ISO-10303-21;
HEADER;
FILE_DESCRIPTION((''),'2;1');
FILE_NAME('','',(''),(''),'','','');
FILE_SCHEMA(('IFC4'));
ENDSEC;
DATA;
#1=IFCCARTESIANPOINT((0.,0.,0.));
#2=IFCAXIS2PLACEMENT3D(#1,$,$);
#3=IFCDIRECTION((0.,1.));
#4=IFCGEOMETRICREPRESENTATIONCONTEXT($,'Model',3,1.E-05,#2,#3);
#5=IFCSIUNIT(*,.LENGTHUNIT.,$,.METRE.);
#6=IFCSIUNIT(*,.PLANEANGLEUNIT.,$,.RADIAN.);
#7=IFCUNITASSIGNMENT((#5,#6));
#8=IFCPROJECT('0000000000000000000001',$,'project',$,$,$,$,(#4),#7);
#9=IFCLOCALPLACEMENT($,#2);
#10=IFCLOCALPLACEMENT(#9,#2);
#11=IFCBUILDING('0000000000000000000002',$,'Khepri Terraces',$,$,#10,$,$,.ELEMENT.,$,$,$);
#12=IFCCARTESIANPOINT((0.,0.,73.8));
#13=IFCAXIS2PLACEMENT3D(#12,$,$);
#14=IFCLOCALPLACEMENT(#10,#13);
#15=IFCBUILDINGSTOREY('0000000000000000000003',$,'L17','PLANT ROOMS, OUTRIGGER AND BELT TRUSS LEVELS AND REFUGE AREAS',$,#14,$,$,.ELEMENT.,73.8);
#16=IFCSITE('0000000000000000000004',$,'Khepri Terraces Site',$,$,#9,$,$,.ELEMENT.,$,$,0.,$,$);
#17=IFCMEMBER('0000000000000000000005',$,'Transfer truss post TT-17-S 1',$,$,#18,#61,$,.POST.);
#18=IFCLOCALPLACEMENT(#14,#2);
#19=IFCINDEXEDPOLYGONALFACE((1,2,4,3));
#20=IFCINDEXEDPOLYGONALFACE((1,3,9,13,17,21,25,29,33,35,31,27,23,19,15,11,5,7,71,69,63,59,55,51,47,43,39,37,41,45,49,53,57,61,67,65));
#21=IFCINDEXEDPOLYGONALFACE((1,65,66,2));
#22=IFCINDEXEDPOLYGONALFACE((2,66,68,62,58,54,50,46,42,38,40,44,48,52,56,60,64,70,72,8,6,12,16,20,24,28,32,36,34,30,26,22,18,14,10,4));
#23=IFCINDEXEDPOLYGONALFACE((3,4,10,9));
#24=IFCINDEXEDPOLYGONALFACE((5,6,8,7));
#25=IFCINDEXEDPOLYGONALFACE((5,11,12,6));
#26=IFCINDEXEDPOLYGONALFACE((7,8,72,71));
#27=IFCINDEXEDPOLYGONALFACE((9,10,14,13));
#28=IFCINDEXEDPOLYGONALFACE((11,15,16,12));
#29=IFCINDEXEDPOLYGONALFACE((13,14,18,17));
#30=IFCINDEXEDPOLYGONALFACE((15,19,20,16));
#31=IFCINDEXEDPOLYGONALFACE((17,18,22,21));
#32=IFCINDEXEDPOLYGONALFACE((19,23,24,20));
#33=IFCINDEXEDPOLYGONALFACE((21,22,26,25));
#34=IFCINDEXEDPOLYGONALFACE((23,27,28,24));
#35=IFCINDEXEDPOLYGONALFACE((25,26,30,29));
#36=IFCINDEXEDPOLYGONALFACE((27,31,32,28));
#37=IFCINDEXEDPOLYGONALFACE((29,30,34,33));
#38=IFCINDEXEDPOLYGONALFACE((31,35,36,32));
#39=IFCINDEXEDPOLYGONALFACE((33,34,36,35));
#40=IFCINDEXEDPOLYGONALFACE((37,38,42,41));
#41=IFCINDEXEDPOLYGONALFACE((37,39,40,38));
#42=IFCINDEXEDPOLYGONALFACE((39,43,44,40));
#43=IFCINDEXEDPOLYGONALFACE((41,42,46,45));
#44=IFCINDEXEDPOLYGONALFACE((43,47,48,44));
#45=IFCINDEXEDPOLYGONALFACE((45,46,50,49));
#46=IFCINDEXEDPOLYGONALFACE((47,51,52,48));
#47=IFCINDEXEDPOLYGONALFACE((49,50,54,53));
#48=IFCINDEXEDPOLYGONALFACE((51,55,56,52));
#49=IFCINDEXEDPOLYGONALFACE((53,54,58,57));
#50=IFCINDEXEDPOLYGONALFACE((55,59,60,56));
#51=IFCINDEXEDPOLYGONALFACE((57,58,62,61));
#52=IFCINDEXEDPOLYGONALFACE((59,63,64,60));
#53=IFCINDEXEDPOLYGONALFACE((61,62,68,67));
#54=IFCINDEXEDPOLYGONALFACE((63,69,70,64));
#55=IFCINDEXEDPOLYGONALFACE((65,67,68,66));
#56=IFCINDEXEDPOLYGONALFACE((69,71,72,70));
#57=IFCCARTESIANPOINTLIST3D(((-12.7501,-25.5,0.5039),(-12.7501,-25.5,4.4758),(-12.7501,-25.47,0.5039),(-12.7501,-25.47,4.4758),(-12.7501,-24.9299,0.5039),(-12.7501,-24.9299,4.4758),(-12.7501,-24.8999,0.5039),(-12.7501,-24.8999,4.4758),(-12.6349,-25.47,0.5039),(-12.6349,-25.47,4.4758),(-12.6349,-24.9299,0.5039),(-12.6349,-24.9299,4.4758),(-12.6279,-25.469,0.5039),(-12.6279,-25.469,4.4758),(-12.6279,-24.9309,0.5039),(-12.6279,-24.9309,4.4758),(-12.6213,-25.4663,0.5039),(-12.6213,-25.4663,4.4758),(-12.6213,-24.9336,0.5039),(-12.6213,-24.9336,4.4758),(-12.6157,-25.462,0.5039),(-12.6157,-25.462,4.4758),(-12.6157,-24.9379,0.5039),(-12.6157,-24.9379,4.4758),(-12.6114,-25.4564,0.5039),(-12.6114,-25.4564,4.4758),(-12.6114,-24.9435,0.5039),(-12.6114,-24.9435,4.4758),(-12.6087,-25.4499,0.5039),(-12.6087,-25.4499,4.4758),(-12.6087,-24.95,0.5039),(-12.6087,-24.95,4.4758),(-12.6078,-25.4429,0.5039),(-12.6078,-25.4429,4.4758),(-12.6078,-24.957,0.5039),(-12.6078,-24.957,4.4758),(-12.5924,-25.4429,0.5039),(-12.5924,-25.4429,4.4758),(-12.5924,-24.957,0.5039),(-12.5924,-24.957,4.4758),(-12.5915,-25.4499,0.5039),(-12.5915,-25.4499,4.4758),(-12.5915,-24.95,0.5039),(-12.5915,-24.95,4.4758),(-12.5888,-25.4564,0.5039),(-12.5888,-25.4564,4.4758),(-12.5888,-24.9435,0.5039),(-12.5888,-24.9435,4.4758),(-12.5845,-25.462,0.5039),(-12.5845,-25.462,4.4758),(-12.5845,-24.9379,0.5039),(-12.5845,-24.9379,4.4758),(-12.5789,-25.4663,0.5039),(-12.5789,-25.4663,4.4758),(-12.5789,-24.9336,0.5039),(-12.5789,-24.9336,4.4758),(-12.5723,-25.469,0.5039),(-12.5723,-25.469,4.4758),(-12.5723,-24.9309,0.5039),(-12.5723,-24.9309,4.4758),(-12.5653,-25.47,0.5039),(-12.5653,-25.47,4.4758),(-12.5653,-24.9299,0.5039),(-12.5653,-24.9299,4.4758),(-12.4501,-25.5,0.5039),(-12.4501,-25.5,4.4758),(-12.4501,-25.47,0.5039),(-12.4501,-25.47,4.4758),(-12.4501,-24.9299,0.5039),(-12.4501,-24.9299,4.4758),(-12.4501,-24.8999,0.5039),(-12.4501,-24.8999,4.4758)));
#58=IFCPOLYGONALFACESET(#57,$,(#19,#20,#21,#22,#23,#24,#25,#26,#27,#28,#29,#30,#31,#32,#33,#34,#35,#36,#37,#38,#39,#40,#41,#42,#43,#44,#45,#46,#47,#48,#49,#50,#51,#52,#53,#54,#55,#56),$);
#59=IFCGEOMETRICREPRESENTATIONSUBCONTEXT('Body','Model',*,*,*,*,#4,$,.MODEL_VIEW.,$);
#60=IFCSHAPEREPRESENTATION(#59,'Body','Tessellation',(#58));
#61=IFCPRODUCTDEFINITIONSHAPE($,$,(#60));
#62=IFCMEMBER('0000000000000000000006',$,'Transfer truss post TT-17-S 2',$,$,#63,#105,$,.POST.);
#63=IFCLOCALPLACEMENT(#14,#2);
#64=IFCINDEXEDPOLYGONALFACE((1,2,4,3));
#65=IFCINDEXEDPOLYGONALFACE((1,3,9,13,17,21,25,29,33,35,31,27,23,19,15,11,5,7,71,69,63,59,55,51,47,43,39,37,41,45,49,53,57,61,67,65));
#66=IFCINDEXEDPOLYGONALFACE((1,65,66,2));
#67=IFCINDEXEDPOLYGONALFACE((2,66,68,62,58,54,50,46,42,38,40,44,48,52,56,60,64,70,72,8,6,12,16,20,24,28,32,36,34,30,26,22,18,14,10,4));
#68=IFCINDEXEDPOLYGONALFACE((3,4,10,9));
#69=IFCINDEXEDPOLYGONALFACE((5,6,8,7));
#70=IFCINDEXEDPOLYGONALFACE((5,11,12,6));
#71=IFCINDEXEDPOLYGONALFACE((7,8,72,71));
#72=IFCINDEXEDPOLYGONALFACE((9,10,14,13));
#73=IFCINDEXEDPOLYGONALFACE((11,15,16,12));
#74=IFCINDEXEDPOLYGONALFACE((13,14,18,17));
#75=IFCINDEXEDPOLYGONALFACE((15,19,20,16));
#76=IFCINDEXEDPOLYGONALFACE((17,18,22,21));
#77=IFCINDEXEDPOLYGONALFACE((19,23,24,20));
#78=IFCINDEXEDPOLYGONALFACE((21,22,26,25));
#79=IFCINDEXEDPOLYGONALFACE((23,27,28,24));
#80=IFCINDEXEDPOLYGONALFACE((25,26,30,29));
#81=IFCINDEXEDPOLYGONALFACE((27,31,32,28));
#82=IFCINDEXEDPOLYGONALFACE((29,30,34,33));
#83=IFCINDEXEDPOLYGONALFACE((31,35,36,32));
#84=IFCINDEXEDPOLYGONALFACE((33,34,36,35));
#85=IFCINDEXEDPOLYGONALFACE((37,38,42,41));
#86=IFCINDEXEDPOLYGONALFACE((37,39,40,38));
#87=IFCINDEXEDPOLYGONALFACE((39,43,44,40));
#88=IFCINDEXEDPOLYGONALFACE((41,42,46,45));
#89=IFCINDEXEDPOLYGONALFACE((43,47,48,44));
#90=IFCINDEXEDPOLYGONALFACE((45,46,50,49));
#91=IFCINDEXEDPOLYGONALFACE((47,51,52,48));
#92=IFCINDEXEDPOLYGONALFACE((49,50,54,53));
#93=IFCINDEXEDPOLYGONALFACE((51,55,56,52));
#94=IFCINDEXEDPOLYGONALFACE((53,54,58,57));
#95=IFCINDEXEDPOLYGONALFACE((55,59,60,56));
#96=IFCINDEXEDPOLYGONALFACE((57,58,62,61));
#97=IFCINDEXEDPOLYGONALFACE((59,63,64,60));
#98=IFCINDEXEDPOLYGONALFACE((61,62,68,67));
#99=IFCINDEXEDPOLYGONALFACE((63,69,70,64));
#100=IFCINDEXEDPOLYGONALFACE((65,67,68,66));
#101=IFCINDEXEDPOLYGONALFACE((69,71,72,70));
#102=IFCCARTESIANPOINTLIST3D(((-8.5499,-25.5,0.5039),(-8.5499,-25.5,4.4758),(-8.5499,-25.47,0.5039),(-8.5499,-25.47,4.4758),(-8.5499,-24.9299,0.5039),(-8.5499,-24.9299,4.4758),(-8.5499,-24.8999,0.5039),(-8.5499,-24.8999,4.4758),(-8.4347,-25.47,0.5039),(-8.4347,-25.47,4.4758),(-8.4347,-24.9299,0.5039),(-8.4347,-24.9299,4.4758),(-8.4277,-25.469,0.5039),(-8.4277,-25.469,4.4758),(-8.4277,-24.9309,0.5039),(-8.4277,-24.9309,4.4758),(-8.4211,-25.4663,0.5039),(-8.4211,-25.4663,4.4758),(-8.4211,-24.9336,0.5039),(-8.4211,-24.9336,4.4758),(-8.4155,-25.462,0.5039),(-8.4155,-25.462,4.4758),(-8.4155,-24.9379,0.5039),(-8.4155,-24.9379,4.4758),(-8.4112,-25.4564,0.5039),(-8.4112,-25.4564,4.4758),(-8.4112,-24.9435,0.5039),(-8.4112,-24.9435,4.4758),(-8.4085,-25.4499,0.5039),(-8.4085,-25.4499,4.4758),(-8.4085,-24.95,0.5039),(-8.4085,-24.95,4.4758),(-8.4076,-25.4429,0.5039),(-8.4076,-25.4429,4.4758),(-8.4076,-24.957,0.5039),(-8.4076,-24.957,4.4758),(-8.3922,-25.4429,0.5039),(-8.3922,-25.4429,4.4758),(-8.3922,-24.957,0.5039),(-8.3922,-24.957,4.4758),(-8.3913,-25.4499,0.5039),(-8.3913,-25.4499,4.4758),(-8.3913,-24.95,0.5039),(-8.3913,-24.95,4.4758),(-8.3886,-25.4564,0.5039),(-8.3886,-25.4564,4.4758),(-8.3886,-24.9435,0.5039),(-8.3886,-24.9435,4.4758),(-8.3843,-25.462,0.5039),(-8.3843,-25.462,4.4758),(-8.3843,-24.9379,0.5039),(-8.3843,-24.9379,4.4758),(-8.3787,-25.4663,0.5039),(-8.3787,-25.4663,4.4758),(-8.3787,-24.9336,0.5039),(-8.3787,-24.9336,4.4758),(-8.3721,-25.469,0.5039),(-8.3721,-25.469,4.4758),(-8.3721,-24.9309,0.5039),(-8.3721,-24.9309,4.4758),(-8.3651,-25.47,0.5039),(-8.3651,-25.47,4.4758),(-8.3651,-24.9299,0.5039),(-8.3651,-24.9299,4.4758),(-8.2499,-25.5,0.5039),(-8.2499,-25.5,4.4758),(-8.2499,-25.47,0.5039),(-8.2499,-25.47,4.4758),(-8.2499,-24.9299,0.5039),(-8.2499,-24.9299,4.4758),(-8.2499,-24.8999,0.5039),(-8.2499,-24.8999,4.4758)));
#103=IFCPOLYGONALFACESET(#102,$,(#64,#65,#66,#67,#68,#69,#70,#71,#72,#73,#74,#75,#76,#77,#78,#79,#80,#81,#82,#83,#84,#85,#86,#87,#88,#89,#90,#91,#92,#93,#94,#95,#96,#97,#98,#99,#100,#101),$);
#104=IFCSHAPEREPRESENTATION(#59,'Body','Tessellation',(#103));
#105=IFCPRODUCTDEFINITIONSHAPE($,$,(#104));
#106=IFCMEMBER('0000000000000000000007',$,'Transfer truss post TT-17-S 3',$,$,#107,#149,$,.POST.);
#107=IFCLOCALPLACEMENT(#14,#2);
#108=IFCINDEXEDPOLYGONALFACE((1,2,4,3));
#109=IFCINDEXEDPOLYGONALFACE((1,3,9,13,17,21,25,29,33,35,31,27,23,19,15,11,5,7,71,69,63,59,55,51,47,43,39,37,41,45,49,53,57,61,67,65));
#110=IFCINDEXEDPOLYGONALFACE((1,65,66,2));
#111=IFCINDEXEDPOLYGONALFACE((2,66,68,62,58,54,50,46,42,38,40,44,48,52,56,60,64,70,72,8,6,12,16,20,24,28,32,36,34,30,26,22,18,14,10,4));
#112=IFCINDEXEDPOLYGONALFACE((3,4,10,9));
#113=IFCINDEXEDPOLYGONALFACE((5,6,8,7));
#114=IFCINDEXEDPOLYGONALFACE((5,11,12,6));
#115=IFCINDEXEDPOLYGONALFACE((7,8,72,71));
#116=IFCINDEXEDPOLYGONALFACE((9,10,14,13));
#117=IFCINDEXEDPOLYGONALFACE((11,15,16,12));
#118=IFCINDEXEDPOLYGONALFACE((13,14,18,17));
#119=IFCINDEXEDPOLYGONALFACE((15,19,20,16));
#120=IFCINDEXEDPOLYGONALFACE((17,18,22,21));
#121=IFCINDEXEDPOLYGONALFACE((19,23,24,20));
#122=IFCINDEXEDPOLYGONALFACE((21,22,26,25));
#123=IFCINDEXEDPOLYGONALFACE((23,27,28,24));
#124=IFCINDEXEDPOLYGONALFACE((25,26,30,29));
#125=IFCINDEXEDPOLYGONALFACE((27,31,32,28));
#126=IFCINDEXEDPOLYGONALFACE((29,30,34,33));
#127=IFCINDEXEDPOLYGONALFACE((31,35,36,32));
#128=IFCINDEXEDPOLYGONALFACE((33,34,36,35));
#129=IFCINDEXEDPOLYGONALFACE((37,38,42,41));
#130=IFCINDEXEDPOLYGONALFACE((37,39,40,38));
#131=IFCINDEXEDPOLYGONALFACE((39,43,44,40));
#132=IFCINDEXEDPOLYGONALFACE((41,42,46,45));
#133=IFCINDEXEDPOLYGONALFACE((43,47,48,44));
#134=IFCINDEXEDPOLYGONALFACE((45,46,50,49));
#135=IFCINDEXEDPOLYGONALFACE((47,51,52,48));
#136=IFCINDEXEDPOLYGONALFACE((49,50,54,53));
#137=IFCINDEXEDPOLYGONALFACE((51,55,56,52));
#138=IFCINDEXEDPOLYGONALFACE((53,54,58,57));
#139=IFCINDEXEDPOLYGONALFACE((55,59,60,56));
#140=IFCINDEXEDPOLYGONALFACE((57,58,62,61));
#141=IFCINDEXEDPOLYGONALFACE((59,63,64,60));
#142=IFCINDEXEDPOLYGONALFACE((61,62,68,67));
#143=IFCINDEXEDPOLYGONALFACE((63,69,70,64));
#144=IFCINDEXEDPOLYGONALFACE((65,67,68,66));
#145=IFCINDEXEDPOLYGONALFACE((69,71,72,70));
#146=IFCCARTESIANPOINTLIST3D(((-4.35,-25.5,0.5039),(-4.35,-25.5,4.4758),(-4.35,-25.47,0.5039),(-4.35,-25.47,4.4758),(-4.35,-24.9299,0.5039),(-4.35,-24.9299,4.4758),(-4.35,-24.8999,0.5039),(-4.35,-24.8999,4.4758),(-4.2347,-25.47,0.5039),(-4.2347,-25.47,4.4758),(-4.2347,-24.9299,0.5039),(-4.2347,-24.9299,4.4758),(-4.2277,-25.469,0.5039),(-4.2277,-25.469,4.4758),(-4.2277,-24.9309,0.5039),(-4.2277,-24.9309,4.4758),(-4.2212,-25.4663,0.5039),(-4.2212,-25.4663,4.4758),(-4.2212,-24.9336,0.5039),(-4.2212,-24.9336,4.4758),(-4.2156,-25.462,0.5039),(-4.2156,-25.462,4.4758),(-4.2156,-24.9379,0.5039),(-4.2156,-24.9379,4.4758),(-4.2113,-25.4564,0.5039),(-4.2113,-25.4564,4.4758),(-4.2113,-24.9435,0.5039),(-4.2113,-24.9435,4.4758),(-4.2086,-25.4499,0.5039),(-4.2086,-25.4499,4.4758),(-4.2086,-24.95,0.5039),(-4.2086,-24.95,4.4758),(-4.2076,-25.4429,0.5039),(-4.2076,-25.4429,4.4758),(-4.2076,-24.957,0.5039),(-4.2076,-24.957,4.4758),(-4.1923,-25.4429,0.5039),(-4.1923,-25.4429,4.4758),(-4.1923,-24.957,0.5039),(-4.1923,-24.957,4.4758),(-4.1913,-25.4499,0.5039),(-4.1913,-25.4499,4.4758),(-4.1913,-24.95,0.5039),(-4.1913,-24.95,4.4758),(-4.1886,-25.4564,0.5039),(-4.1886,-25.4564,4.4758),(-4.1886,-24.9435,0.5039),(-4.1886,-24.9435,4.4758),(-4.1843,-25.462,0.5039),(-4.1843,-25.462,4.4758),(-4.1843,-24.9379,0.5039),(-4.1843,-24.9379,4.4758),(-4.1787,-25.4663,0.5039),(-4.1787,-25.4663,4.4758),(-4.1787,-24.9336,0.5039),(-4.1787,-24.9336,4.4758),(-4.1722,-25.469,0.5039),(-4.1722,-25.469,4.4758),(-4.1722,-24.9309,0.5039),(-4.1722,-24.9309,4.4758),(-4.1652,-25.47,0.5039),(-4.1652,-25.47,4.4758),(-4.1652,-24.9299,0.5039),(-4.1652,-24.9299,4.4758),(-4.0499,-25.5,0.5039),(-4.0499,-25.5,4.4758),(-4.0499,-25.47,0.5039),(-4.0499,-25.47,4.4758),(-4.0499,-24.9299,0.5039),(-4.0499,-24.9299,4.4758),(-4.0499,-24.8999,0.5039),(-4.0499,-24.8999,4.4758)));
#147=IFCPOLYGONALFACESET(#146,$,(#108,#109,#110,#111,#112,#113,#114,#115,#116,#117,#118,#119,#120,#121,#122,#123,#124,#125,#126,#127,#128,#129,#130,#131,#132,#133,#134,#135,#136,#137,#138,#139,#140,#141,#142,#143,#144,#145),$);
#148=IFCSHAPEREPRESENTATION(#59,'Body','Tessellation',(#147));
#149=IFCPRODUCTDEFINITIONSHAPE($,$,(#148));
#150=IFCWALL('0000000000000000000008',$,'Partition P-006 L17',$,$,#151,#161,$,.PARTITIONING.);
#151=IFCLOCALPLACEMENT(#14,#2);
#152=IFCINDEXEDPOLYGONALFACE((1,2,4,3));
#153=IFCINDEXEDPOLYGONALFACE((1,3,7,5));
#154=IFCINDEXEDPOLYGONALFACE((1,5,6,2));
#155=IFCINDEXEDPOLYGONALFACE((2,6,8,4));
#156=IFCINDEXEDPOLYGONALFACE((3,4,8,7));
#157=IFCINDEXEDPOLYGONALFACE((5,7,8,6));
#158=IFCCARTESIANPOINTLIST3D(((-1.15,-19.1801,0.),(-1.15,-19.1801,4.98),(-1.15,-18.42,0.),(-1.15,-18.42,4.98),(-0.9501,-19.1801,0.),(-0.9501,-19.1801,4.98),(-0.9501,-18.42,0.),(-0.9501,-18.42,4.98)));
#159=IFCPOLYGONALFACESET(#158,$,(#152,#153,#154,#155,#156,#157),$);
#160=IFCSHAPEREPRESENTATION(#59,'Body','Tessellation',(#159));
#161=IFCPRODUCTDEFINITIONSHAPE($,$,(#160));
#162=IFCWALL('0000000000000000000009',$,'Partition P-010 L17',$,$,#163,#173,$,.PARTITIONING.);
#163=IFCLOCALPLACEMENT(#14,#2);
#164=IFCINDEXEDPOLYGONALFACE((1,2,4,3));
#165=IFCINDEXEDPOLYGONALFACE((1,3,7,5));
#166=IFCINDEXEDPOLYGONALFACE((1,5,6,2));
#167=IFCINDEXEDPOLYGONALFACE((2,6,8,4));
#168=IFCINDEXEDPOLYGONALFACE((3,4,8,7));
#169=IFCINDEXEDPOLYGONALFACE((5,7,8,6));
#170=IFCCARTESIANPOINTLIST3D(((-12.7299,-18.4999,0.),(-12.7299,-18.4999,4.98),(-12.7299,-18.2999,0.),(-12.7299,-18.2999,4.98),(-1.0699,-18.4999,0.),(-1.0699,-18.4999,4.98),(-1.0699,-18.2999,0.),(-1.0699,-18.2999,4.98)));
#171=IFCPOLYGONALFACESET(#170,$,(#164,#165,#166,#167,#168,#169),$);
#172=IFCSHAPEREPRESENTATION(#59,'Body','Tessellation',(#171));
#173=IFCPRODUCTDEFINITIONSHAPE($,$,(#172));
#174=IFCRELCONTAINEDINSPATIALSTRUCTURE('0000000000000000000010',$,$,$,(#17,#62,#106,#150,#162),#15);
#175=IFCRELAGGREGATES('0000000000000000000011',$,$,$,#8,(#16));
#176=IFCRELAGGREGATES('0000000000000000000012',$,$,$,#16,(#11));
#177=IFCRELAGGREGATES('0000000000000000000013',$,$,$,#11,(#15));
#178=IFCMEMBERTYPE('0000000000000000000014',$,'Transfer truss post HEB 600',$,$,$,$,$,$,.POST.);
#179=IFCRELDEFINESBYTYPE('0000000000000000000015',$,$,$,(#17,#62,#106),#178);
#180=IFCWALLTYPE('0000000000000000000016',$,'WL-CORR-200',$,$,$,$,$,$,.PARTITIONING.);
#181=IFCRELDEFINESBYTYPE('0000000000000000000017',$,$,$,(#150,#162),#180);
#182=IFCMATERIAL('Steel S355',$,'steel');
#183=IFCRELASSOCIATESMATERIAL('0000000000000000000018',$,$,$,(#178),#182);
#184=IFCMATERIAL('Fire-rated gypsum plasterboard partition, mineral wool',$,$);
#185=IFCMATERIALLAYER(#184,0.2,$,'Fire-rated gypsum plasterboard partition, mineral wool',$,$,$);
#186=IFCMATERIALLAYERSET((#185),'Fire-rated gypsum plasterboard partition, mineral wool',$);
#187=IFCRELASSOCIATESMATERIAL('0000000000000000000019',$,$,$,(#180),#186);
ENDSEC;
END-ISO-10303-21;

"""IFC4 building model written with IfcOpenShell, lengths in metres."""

from ifc_helpers import new_model, si_unit, direction, frame, frame_2d, origin, origin_2d, place, context, subcontext, project, spatial, rectangle, i_section, extrude, material, layer, layer_set, material_profile, profile_set, type_object, element, save


model = new_model("IFC4")

# Units and contexts
model_context = context("Model", 3, precision=1e-05, world=origin(), true_north=direction((0.0, 1.0)))
body_context = subcontext(model_context, "Body", "Model", "MODEL_VIEW")
ifc_project = project(units=[si_unit("LENGTHUNIT", "METRE"), si_unit("PLANEANGLEUNIT", "RADIAN")], contexts=[model_context])

# Site, building, storey
site_placement = place(None, origin())
site = spatial("IfcSite", under=ifc_project, at=site_placement, Name="Khepri Terraces Site", CompositionType="ELEMENT", RefElevation=0.0)
building_placement = place(site_placement, origin())
building = spatial("IfcBuilding", under=site, at=building_placement, Name="Khepri Terraces", CompositionType="ELEMENT")
storey_placement = place(building_placement, frame((0.0, 0.0, 73.8)))
storey = spatial("IfcBuildingStorey", under=building, at=storey_placement, Name="L17", Description="PLANT ROOMS, OUTRIGGER AND BELT TRUSS LEVELS AND REFUGE AREAS", CompositionType="ELEMENT", Elevation=73.8)

# Members
ifc_material_1 = material(Name="Steel S355", Category="steel")
ifc_material_profile_1 = material_profile(ifc_material_1, i_section(OverallWidth=0.3, OverallDepth=0.6001, WebThickness=0.0154, FlangeThickness=0.03, FilletRadius=0.0271, at=origin_2d()), Name="Steel S355", Category="steel")
ifc_profile_set_1 = profile_set([ifc_material_profile_1], Name="Steel S355")
member_type_1 = type_object("IfcMemberType", Name="Transfer truss post HEB 600", PredefinedType="POST", material=ifc_profile_set_1)
for number, where, z_axis, x_axis, name in (
    (1, (-12.6001, -25.2, 0.5039), (0.0, 0.0, 1.0), (1.0, 0.0, 0.0), "Transfer truss post TT-17-S 1"),
    (2, (-8.3999, -25.2, 0.5039), (0.0, 0.0, 1.0), (1.0, 0.0, 0.0), "Transfer truss post TT-17-S 2"),
    (3, (-4.2, -25.2, 0.5039), (0.0, 0.0, 1.0), (1.0, 0.0, 0.0), "Transfer truss post TT-17-S 3"),
):
    element("IfcMember", number, at=place(storey_placement, frame(where, z_axis=z_axis, x_axis=x_axis)), inside=storey, type_object=member_type_1, Name=name, PredefinedType="POST", context=body_context, shape_type="SweptSolid", body=[
        extrude(i_section(OverallWidth=0.3, OverallDepth=0.6001, WebThickness=0.0154, FlangeThickness=0.03, FilletRadius=0.0271, at=origin_2d()), origin(), (0.0, 0.0, 1.0), 3.9719),
    ])

# Walls
ifc_material_2 = material(Name="Fire-rated gypsum plasterboard partition, mineral wool")
ifc_layer_1 = layer(ifc_material_2, 0.2, Name="Fire-rated gypsum plasterboard partition, mineral wool")
ifc_layer_set_1 = layer_set([ifc_layer_1], Name="Fire-rated gypsum plasterboard partition, mineral wool")
wall_type_1 = type_object("IfcWallType", Name="WL-CORR-200", PredefinedType="PARTITIONING", material=ifc_layer_set_1)
wall_1_placement = place(storey_placement, frame((-1.05, -19.1799, 0.0), z_axis=(0.0, 0.0, 1.0), x_axis=(0.0, 1.0, 0.0)))
element("IfcWall", 4, at=wall_1_placement, inside=storey, type_object=wall_type_1, Name="Partition P-006 L17", PredefinedType="PARTITIONING", context=body_context, shape_type="SweptSolid", body=[
    extrude(rectangle(XDim=0.76, YDim=0.2, at=frame_2d((0.3799, 0.0))), origin(), (0.0, 0.0, 1.0), 4.98),
])
wall_2_placement = place(storey_placement, frame((-12.73, -18.3999, 0.0), z_axis=(0.0, 0.0, 1.0), x_axis=(1.0, 0.0, 0.0)))
element("IfcWall", 5, at=wall_2_placement, inside=storey, type_object=wall_type_1, Name="Partition P-010 L17", PredefinedType="PARTITIONING", context=body_context, shape_type="SweptSolid", body=[
    extrude(rectangle(XDim=11.6599, YDim=0.2, at=frame_2d((5.8301, 0.0))), origin(), (0.0, 0.0, 1.0), 4.98),
])

save(model, "model.ifc")
